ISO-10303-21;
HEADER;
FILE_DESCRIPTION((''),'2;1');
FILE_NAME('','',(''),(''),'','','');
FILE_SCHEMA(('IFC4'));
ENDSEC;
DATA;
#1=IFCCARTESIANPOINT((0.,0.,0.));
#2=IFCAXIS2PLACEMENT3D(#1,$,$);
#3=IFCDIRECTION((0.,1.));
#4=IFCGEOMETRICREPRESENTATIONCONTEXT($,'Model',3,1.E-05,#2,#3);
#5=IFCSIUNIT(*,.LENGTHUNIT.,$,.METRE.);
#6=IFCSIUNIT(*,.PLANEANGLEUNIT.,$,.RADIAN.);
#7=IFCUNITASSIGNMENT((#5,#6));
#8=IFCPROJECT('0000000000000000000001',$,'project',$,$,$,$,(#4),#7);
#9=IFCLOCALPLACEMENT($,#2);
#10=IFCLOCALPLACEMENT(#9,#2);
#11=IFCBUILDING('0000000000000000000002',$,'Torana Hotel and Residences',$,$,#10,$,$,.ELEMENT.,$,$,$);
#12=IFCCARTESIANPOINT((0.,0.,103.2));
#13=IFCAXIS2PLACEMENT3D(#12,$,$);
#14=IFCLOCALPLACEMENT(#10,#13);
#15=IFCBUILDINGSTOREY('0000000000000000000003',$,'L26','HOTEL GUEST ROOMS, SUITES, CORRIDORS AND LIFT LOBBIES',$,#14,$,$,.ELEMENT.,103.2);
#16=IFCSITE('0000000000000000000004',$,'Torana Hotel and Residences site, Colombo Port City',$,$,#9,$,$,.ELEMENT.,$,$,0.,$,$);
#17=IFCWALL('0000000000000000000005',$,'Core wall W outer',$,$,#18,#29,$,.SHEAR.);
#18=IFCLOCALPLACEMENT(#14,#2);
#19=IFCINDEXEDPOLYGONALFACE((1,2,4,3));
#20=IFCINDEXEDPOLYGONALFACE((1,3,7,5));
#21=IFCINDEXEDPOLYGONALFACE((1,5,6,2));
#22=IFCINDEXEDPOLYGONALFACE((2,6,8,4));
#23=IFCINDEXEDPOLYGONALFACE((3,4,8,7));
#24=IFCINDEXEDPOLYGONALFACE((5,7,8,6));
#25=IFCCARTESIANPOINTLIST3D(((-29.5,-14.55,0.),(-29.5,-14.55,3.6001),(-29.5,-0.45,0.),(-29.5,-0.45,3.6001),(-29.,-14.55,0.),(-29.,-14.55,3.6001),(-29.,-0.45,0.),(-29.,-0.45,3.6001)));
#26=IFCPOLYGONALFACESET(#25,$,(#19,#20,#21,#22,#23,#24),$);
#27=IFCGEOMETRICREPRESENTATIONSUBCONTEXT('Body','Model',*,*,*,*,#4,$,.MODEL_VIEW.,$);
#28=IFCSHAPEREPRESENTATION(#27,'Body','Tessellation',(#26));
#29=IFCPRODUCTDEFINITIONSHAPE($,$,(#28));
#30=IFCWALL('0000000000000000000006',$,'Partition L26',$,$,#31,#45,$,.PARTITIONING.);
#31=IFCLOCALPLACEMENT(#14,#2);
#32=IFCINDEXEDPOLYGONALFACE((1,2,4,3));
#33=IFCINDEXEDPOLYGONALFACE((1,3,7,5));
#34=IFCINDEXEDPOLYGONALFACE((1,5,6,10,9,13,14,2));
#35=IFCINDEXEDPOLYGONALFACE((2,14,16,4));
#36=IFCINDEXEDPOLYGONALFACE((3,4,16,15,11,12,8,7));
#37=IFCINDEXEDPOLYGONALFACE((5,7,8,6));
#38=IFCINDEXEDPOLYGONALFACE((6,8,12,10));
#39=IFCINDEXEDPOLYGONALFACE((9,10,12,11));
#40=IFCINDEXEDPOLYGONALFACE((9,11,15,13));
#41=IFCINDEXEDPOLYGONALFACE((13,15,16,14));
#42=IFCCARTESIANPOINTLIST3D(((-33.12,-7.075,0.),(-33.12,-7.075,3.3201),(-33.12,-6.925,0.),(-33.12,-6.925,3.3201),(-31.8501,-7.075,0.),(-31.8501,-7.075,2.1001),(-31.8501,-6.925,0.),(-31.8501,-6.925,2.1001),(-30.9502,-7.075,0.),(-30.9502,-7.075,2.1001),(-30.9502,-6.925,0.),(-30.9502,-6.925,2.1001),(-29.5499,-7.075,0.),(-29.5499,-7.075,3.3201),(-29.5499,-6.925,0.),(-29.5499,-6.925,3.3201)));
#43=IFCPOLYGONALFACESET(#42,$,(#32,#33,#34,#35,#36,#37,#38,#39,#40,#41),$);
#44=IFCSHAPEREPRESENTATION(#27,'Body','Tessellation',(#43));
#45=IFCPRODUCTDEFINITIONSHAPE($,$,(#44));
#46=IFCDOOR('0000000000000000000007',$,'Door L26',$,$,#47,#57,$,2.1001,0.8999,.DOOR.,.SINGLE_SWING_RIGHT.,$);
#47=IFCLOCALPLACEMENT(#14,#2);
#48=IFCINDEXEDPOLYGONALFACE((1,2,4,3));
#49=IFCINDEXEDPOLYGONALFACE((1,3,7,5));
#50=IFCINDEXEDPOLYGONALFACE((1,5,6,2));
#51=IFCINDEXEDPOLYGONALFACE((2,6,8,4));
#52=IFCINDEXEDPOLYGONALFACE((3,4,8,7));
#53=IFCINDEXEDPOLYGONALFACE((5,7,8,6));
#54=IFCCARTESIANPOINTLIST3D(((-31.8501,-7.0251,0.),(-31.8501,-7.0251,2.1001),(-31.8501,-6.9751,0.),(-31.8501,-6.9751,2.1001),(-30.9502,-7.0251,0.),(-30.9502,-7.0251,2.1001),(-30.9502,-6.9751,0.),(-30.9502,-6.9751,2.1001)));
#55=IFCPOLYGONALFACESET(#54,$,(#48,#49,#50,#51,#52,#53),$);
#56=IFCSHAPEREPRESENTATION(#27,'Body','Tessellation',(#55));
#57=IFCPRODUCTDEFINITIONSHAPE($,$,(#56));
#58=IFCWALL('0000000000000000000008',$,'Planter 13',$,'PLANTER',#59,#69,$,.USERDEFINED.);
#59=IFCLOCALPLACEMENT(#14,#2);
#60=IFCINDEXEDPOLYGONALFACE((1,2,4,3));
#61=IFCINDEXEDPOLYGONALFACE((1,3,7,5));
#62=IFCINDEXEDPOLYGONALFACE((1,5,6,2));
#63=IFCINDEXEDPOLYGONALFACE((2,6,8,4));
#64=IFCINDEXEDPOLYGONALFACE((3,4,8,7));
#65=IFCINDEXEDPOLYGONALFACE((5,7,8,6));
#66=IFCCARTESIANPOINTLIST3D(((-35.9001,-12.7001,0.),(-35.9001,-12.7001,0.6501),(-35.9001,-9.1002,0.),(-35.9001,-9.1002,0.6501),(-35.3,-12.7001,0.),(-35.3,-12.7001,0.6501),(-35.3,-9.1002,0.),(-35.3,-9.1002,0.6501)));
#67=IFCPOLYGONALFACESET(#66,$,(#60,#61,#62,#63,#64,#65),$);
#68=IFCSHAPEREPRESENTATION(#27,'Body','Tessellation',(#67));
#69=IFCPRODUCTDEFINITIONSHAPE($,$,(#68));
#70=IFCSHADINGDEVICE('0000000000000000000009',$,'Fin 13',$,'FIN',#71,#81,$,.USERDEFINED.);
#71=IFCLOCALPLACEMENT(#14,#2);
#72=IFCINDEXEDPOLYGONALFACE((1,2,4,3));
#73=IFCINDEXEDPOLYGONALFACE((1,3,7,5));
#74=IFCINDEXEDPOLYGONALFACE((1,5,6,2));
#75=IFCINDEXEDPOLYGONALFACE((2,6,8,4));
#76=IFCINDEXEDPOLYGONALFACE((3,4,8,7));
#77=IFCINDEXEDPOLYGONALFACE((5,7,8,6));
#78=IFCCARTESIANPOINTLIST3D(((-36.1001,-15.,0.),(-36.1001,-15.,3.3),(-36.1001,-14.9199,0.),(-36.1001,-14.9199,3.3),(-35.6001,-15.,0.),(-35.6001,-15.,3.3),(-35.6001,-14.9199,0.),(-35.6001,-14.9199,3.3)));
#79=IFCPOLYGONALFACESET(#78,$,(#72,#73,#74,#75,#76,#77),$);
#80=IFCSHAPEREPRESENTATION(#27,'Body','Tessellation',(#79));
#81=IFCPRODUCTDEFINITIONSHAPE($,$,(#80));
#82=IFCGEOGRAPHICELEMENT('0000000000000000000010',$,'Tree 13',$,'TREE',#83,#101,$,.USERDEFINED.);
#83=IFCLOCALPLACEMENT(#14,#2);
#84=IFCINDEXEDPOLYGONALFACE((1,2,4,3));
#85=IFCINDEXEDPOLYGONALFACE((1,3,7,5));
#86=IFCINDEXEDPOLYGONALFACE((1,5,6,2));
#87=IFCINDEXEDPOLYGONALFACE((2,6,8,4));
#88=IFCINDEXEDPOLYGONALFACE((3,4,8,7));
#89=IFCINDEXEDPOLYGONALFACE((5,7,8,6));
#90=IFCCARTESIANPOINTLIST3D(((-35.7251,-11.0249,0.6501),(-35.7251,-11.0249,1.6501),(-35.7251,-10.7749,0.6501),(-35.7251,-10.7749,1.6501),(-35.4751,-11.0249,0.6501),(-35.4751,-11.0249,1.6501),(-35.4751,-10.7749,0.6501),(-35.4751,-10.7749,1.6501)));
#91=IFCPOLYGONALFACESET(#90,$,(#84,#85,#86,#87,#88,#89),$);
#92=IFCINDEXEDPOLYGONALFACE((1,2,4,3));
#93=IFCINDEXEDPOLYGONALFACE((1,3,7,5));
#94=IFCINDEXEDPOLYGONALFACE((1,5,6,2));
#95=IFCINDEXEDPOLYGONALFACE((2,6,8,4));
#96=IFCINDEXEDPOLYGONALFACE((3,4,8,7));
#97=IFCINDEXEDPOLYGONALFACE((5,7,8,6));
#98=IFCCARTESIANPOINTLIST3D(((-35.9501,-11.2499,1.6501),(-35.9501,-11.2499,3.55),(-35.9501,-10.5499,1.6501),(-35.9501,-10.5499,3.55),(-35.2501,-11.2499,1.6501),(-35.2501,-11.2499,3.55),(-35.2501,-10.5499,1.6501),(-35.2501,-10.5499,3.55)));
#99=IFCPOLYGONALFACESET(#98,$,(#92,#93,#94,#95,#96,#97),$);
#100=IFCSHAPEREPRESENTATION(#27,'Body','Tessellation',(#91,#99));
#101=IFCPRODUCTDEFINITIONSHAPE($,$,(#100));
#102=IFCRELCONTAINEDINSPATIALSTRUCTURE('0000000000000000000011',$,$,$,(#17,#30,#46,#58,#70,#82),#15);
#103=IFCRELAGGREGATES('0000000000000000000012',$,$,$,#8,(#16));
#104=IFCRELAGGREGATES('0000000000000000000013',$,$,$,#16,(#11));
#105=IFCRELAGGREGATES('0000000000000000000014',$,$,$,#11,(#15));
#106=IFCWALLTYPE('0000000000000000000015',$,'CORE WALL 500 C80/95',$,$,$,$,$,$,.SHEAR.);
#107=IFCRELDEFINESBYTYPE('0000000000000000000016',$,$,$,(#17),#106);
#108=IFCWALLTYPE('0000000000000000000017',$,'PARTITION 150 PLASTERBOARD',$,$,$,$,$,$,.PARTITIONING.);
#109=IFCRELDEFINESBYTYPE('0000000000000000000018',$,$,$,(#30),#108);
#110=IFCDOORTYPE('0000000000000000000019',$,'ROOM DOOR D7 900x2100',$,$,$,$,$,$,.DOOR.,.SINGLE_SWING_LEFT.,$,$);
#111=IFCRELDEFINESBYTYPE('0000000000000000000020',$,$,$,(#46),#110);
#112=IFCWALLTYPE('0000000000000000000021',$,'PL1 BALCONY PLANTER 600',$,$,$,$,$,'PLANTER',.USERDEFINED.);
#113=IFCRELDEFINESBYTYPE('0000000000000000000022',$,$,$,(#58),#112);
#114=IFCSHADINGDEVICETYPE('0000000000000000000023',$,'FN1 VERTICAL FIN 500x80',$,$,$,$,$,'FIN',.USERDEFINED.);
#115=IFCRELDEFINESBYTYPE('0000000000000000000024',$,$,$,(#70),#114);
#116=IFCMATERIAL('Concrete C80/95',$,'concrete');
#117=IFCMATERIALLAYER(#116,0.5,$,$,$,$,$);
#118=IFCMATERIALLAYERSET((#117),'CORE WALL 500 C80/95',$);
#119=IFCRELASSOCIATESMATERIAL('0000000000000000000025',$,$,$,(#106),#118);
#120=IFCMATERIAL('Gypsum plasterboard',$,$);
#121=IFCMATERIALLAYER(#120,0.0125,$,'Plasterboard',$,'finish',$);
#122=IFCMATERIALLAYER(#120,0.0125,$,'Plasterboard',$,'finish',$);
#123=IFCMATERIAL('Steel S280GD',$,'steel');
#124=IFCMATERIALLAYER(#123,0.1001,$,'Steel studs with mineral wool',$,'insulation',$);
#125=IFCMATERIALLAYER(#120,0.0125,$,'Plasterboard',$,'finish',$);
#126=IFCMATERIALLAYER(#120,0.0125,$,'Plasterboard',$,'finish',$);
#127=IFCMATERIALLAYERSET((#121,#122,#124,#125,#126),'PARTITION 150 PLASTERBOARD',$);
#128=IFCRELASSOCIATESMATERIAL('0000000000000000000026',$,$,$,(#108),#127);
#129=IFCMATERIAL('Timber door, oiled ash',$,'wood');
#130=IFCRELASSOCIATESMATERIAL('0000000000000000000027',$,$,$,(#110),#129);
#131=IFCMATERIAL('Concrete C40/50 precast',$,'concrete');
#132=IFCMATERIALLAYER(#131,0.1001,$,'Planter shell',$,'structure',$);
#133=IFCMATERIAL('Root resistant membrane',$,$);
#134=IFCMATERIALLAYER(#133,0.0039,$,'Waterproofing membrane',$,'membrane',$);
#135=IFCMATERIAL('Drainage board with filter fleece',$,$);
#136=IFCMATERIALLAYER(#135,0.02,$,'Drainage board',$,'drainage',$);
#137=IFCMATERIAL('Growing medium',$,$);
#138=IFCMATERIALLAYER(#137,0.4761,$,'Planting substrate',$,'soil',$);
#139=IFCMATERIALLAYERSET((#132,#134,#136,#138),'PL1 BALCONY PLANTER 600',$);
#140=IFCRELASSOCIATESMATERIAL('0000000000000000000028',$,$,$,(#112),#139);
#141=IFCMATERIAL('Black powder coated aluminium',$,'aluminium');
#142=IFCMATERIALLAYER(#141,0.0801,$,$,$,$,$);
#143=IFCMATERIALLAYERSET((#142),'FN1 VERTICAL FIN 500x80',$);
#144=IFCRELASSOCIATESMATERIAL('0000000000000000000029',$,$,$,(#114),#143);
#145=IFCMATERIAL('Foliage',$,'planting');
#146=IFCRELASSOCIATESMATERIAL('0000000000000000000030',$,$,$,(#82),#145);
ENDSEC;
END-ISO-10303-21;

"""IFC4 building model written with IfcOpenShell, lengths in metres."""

from ifc_helpers import new_model, si_unit, direction, frame, frame_2d, origin, origin_2d, place, context, subcontext, project, spatial, rectangle, extrude, material, layer, layer_set, type_object, element, fill, save


model = new_model("IFC4")

# Units and contexts
model_context = context("Model", 3, precision=1e-05, world=origin(), true_north=direction((0.0, 1.0)))
body_context = subcontext(model_context, "Body", "Model", "MODEL_VIEW")
ifc_project = project(units=[si_unit("LENGTHUNIT", "METRE"), si_unit("PLANEANGLEUNIT", "RADIAN")], contexts=[model_context])

# Site, building, storey
site_placement = place(None, origin())
site = spatial("IfcSite", under=ifc_project, at=site_placement, Name="Torana Hotel and Residences site, Colombo Port City", CompositionType="ELEMENT", RefElevation=0.0)
building_placement = place(site_placement, origin())
building = spatial("IfcBuilding", under=site, at=building_placement, Name="Torana Hotel and Residences", CompositionType="ELEMENT")
storey_placement = place(building_placement, frame((0.0, 0.0, 103.2)))
storey = spatial("IfcBuildingStorey", under=building, at=storey_placement, Name="L26", Description="HOTEL GUEST ROOMS, SUITES, CORRIDORS AND LIFT LOBBIES", CompositionType="ELEMENT", Elevation=103.2)

# Wall
ifc_material_1 = material(Name="Concrete C80/95", Category="concrete")
ifc_layer_1 = layer(ifc_material_1, 0.5)
ifc_layer_set_1 = layer_set([ifc_layer_1], Name="CORE WALL 500 C80/95")
wall_type_1 = type_object("IfcWallType", Name="CORE WALL 500 C80/95", PredefinedType="SHEAR", material=ifc_layer_set_1)
wall_1_placement = place(storey_placement, frame((-29.25, -14.55, 0.0), z_axis=(0.0, 0.0, 1.0), x_axis=(0.0, 1.0, 0.0)))
element("IfcWall", 1, at=wall_1_placement, inside=storey, type_object=wall_type_1, Name="Core wall W outer", PredefinedType="SHEAR", context=body_context, shape_type="SweptSolid", body=[
    extrude(rectangle(XDim=14.1001, YDim=0.5, at=frame_2d((7.05, 0.0))), origin(), (0.0, 0.0, 1.0), 3.6001),
])

# Wall, opening, door
ifc_material_2 = material(Name="Gypsum plasterboard")
ifc_layer_2 = layer(ifc_material_2, 0.0125, Name="Plasterboard", Category="finish")
ifc_layer_3 = layer(ifc_material_2, 0.0125, Name="Plasterboard", Category="finish")
ifc_material_3 = material(Name="Steel S280GD", Category="steel")
ifc_layer_4 = layer(ifc_material_3, 0.1001, Name="Steel studs with mineral wool", Category="insulation")
ifc_layer_5 = layer(ifc_material_2, 0.0125, Name="Plasterboard", Category="finish")
ifc_layer_6 = layer(ifc_material_2, 0.0125, Name="Plasterboard", Category="finish")
ifc_layer_set_2 = layer_set([ifc_layer_2, ifc_layer_3, ifc_layer_4, ifc_layer_5, ifc_layer_6], Name="PARTITION 150 PLASTERBOARD")
wall_type_2 = type_object("IfcWallType", Name="PARTITION 150 PLASTERBOARD", PredefinedType="PARTITIONING", material=ifc_layer_set_2)
wall_2_placement = place(storey_placement, frame((-33.1201, -7.0, 0.0), z_axis=(0.0, 0.0, 1.0), x_axis=(1.0, 0.0, 0.0)))
wall_2 = element("IfcWall", 2, at=wall_2_placement, inside=storey, type_object=wall_type_2, Name="Partition L26", PredefinedType="PARTITIONING", context=body_context, shape_type="SweptSolid", body=[
    extrude(rectangle(XDim=3.5701, YDim=0.1499, at=frame_2d((1.7852, 0.0))), origin(), (0.0, 0.0, 1.0), 3.3201),
])
opening_1_placement = place(wall_2_placement, frame((1.27, 0.0, 0.0)))
opening_1 = element("IfcOpeningElement", 3, at=opening_1_placement, cuts=wall_2, PredefinedType="OPENING", context=body_context, shape_type="SweptSolid", body=[
    extrude(rectangle(XDim=0.8999, YDim=2.1001, at=frame_2d((0.45, 1.05))), frame((0.0, 0.085, 0.0), z_axis=(0.0, -1.0, 0.0), x_axis=(1.0, 0.0, 0.0)), (0.0, 0.0, 1.0), 0.1699),
])
ifc_material_4 = material(Name="Timber door, oiled ash", Category="wood")
door_type_1 = type_object("IfcDoorType", Name="ROOM DOOR D7 900x2100", OperationType="SINGLE_SWING_LEFT", PredefinedType="DOOR", material=ifc_material_4)
door_1_placement = place(opening_1_placement, origin())
door_1 = element("IfcDoor", 4, at=door_1_placement, inside=storey, type_object=door_type_1, Name="Door L26", OperationType="SINGLE_SWING_RIGHT", OverallHeight=2.1001, OverallWidth=0.8999, PredefinedType="DOOR", context=body_context, shape_type="SweptSolid", body=[
    extrude(rectangle(XDim=0.8999, YDim=2.1001, at=frame_2d((0.45, 1.05))), frame((0.0, 0.0249, 0.0), z_axis=(0.0, -1.0, 0.0), x_axis=(1.0, 0.0, 0.0)), (0.0, 0.0, 1.0), 0.05),
])
fill(opening_1, door_1)

# Wall
ifc_material_5 = material(Name="Concrete C40/50 precast", Category="concrete")
ifc_layer_7 = layer(ifc_material_5, 0.1001, Name="Planter shell", Category="structure")
ifc_material_6 = material(Name="Root resistant membrane")
ifc_layer_8 = layer(ifc_material_6, 0.0039, Name="Waterproofing membrane", Category="membrane")
ifc_material_7 = material(Name="Drainage board with filter fleece")
ifc_layer_9 = layer(ifc_material_7, 0.02, Name="Drainage board", Category="drainage")
ifc_material_8 = material(Name="Growing medium")
ifc_layer_10 = layer(ifc_material_8, 0.4761, Name="Planting substrate", Category="soil")
ifc_layer_set_3 = layer_set([ifc_layer_7, ifc_layer_8, ifc_layer_9, ifc_layer_10], Name="PL1 BALCONY PLANTER 600")
wall_type_3 = type_object("IfcWallType", Name="PL1 BALCONY PLANTER 600", ElementType="PLANTER", PredefinedType="USERDEFINED", material=ifc_layer_set_3)
wall_3_placement = place(storey_placement, frame((-35.6001, -12.7, 0.0), z_axis=(0.0, 0.0, 1.0), x_axis=(0.0, 1.0, 0.0)))
element("IfcWall", 5, at=wall_3_placement, inside=storey, type_object=wall_type_3, Name="Planter 13", ObjectType="PLANTER", PredefinedType="USERDEFINED", context=body_context, shape_type="SweptSolid", body=[
    extrude(rectangle(XDim=3.5999, YDim=0.6001, at=frame_2d((1.7998, 0.0))), origin(), (0.0, 0.0, 1.0), 0.6501),
])

# Shading device
ifc_material_9 = material(Name="Black powder coated aluminium", Category="aluminium")
ifc_layer_11 = layer(ifc_material_9, 0.0801)
ifc_layer_set_4 = layer_set([ifc_layer_11], Name="FN1 VERTICAL FIN 500x80")
shading_device_type = type_object("IfcShadingDeviceType", Name="FN1 VERTICAL FIN 500x80", ElementType="FIN", PredefinedType="USERDEFINED", material=ifc_layer_set_4)
shading_device_placement = place(storey_placement, frame((-35.8501, -14.96, 0.0), z_axis=(0.0, 0.0, 1.0), x_axis=(0.0, 1.0, 0.0)))
element("IfcShadingDevice", 6, at=shading_device_placement, inside=storey, type_object=shading_device_type, Name="Fin 13", ObjectType="FIN", PredefinedType="USERDEFINED", context=body_context, shape_type="SweptSolid", body=[
    extrude(rectangle(XDim=0.0801, YDim=0.5, at=origin_2d()), origin(), (0.0, 0.0, 1.0), 3.3),
])

# Geographic element
ifc_material_10 = material(Name="Foliage", Category="planting")
geographic_element_placement = place(storey_placement, frame((-35.6001, -10.8999, 0.6501), z_axis=(0.0, 0.0, 1.0), x_axis=(1.0, 0.0, 0.0)))
element("IfcGeographicElement", 7, at=geographic_element_placement, inside=storey, material=ifc_material_10, Name="Tree 13", ObjectType="TREE", PredefinedType="USERDEFINED", context=body_context, shape_type="SweptSolid", body=[
    extrude(rectangle(XDim=0.25, YDim=0.25, at=origin_2d()), origin(), (0.0, 0.0, 1.0), 1.0),
    extrude(rectangle(XDim=0.7, YDim=0.7, at=origin_2d()), frame((0.0, 0.0, 1.0)), (0.0, 0.0, 1.0), 1.8999),
])

save(model, "model.ifc")
